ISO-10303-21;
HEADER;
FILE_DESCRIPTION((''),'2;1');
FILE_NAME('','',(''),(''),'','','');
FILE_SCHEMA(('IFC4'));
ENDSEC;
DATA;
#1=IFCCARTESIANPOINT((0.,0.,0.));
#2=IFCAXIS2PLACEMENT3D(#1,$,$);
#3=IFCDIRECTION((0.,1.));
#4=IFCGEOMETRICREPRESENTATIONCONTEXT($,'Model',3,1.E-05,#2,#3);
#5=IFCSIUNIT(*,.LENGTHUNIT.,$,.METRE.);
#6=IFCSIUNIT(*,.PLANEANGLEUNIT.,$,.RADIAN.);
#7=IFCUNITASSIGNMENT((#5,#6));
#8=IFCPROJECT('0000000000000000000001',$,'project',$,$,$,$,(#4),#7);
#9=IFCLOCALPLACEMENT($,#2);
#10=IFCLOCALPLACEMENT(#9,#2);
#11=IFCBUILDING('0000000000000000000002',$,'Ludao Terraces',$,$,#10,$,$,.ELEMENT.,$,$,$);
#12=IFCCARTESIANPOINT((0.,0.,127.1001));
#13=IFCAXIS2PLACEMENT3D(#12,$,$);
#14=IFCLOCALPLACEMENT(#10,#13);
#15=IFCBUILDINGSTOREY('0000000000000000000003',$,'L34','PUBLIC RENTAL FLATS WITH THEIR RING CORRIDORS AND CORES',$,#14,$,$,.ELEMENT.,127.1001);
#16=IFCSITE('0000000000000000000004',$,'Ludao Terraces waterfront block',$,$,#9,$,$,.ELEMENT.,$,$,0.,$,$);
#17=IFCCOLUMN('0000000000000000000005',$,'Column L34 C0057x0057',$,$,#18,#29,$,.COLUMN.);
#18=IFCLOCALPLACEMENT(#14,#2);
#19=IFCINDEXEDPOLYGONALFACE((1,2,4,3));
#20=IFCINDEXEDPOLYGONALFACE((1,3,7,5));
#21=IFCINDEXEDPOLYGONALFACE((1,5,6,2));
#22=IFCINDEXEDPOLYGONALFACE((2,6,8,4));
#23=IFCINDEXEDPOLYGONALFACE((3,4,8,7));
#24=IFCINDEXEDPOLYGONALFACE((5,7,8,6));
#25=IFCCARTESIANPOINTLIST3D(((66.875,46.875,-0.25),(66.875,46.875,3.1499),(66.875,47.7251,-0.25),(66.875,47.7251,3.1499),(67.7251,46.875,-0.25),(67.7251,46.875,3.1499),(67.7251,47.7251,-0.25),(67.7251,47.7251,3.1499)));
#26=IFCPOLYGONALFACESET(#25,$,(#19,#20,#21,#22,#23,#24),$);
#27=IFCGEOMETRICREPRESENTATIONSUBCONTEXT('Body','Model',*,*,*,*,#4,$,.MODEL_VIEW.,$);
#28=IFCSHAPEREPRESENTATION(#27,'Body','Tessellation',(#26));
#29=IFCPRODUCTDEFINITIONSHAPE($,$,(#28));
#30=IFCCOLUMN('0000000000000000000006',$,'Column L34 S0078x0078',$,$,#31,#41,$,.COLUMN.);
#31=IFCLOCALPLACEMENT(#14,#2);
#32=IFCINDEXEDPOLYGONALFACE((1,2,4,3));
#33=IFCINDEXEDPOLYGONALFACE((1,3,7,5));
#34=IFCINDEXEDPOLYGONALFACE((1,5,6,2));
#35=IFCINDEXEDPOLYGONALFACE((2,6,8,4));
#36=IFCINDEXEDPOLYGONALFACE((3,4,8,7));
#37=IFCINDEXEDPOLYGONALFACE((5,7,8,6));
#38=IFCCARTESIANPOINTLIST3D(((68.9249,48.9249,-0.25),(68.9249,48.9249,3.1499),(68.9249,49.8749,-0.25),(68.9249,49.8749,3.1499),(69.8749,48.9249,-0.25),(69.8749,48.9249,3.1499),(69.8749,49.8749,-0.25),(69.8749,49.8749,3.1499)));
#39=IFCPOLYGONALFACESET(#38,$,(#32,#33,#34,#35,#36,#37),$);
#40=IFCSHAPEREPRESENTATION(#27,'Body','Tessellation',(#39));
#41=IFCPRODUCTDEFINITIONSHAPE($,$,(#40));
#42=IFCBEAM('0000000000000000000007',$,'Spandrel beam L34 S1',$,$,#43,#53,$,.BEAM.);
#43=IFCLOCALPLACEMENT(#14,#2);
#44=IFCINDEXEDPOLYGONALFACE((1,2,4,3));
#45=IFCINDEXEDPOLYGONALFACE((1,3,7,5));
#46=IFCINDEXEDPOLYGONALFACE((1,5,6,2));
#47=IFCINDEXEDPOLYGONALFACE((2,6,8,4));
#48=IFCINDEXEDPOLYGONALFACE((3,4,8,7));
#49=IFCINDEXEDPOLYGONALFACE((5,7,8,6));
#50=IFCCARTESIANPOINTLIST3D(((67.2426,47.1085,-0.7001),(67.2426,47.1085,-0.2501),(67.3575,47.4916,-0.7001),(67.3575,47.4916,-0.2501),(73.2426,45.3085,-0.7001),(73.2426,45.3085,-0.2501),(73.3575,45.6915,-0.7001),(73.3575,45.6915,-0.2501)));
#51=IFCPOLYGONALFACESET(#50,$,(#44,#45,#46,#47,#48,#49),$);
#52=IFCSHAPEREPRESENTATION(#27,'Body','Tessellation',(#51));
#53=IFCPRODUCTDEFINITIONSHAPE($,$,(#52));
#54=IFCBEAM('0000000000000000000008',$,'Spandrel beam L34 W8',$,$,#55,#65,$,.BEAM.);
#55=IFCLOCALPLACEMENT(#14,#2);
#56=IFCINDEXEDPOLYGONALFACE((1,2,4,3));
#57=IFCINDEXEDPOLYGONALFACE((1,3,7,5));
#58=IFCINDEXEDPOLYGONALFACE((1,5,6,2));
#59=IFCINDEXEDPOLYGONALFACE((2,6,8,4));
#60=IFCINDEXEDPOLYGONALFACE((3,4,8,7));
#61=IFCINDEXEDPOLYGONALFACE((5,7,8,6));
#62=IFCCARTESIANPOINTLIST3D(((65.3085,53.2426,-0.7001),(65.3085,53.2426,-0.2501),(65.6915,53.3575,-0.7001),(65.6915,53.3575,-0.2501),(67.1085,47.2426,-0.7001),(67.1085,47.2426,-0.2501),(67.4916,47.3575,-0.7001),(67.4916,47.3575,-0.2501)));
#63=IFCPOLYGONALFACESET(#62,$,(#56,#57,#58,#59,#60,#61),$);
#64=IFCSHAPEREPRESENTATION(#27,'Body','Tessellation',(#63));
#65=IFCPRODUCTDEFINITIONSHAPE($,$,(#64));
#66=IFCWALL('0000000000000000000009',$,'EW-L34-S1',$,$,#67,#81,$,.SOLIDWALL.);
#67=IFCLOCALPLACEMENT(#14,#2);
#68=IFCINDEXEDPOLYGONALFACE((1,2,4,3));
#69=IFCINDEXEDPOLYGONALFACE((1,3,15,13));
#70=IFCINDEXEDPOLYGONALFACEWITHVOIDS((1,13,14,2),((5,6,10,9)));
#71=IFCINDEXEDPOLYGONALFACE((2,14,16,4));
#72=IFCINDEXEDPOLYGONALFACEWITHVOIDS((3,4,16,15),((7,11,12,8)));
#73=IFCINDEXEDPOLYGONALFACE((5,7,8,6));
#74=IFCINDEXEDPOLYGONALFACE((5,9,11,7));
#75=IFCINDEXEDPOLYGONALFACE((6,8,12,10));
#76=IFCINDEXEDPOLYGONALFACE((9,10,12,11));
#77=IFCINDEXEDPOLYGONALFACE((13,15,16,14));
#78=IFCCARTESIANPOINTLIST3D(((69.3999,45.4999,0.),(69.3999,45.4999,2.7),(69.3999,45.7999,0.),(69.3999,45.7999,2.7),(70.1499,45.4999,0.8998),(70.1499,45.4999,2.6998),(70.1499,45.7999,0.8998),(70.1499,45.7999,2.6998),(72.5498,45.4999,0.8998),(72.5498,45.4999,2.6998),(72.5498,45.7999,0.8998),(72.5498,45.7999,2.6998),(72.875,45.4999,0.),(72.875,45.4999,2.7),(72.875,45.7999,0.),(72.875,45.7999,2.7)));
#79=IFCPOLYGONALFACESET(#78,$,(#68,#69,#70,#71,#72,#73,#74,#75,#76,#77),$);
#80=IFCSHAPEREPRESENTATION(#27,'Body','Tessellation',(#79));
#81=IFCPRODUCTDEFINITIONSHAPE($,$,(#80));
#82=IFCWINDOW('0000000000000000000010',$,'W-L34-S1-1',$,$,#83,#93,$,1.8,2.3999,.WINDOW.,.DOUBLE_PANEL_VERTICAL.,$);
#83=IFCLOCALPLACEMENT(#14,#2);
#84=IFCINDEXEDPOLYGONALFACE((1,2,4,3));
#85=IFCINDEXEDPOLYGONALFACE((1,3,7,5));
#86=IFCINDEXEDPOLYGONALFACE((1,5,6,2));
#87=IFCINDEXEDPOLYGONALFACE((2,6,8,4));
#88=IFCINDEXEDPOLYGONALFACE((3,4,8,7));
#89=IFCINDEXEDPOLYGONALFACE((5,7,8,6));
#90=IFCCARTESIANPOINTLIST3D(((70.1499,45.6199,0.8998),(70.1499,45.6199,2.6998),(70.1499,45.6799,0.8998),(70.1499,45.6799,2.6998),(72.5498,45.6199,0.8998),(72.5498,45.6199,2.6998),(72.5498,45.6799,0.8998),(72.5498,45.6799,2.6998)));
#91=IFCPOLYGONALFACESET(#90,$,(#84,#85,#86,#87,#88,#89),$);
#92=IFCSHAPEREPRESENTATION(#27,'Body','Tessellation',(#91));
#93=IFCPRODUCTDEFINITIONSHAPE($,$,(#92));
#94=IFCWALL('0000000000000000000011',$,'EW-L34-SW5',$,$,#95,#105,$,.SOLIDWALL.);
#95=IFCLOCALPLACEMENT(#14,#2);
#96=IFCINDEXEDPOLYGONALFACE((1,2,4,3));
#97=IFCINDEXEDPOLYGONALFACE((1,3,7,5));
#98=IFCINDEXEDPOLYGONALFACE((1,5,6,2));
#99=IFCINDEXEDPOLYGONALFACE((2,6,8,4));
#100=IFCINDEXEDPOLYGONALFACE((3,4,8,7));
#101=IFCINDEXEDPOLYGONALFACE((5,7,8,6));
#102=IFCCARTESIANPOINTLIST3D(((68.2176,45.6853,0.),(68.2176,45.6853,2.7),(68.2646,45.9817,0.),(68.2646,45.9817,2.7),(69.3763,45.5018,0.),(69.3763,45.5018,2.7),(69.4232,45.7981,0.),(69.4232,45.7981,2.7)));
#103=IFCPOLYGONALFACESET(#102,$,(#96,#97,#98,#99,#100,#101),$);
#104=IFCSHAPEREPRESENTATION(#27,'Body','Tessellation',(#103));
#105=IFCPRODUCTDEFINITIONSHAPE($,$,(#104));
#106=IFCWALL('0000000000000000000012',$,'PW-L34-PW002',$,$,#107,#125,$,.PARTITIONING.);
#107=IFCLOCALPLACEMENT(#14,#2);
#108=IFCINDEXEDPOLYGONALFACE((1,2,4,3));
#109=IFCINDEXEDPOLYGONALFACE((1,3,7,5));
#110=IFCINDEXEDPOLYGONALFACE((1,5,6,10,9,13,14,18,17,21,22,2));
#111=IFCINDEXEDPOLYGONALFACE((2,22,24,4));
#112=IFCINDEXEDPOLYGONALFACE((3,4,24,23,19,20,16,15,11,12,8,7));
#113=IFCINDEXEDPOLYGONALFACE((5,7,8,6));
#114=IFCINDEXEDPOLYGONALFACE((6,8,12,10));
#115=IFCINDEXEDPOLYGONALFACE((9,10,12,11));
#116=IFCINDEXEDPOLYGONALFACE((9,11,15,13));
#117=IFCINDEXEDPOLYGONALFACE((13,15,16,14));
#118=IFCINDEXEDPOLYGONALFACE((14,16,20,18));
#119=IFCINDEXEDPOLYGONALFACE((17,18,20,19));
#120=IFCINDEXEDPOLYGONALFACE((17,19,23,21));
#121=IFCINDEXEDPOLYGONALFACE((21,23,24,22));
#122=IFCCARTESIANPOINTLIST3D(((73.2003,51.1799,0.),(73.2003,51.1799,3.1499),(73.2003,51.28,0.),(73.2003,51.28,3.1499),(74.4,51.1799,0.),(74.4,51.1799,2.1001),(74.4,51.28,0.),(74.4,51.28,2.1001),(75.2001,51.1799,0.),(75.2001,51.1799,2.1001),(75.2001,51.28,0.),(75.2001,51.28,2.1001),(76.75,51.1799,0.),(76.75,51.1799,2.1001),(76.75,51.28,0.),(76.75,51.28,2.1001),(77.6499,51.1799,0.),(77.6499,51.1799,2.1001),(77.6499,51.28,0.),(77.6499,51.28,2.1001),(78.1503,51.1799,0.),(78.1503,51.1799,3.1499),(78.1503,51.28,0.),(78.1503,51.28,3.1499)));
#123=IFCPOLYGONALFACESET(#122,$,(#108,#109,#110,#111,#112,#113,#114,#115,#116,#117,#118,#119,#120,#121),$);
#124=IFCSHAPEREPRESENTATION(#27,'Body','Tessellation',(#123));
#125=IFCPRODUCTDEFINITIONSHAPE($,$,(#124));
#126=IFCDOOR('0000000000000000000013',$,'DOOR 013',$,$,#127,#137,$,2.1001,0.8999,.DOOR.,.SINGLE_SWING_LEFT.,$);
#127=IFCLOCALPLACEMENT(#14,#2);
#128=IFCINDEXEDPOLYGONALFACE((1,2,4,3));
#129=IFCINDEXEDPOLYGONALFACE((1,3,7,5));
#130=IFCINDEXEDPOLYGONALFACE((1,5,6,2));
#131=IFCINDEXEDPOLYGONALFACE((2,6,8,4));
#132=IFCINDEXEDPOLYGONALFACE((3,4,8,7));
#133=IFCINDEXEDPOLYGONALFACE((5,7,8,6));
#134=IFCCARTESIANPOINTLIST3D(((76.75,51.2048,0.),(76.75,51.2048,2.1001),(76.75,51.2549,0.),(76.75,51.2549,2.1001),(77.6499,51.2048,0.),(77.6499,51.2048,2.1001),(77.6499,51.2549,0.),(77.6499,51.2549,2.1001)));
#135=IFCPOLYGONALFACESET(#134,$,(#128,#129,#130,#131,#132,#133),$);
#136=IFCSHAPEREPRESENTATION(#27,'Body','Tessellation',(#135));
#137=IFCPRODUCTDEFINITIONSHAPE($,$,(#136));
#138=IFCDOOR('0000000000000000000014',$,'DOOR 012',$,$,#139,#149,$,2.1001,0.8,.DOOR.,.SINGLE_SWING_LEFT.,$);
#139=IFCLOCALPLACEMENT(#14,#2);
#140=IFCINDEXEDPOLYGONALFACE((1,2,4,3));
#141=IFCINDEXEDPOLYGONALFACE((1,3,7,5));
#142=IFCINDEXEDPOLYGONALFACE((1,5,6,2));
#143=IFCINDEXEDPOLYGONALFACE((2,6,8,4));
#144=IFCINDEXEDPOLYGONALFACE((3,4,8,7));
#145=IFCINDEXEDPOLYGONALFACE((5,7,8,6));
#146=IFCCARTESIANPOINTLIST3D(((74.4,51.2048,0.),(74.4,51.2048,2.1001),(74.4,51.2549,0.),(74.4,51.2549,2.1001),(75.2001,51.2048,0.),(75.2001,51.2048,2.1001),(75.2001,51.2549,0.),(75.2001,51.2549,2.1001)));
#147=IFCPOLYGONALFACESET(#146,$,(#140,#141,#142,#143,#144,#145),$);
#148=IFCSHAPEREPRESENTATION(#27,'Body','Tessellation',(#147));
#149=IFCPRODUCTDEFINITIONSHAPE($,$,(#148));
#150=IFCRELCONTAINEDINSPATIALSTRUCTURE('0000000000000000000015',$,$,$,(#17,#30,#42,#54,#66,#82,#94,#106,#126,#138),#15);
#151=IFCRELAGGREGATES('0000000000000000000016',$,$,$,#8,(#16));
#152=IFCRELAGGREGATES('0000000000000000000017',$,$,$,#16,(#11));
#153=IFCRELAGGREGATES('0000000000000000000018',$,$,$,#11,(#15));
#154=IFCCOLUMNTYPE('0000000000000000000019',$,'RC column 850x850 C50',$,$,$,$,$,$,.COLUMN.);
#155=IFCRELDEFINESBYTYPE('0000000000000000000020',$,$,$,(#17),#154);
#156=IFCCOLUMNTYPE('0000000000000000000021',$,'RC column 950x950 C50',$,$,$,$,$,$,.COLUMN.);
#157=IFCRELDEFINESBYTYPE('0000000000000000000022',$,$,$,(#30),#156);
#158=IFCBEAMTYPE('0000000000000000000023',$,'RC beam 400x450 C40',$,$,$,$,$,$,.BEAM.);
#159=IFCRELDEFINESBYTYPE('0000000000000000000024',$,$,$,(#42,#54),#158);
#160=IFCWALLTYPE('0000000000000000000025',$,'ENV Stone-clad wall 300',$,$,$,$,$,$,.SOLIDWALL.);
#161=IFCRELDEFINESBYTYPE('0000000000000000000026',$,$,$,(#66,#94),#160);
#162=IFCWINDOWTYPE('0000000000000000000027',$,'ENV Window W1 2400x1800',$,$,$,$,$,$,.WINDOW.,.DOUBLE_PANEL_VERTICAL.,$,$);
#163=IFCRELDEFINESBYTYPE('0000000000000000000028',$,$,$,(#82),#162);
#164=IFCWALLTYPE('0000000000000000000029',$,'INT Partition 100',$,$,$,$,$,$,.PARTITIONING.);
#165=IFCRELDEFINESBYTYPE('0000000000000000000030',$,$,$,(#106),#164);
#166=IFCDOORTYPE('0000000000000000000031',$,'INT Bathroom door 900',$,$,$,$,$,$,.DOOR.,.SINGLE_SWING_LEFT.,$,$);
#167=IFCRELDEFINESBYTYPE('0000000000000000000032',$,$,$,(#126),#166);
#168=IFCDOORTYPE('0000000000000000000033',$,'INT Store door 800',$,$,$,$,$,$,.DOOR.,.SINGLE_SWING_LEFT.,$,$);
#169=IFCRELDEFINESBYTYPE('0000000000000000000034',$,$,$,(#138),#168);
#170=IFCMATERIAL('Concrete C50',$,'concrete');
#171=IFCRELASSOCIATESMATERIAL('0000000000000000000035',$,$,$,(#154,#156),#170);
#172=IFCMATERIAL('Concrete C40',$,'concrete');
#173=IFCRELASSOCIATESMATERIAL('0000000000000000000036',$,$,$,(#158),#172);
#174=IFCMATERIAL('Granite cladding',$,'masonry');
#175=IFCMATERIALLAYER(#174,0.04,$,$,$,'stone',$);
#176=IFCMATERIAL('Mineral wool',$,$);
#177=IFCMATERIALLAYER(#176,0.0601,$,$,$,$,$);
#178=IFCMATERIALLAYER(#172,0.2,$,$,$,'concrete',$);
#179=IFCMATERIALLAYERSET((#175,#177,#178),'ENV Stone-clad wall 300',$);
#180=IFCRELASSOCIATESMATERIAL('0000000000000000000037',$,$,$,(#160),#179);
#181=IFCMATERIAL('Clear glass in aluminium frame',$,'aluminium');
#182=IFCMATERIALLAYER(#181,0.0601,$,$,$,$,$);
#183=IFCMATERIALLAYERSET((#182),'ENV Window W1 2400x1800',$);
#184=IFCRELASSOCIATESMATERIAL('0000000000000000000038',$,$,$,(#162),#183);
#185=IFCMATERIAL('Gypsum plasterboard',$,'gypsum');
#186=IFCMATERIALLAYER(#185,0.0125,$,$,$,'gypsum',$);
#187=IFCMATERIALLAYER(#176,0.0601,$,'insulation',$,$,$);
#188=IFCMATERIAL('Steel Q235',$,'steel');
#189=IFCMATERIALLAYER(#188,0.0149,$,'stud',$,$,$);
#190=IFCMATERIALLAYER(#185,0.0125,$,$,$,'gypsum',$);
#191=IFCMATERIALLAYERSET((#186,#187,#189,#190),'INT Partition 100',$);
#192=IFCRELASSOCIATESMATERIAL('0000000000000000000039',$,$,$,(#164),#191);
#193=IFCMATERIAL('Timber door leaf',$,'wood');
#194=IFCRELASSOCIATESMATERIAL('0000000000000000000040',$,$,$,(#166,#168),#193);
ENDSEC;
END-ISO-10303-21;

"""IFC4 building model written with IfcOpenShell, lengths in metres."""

from ifc_helpers import new_model, si_unit, direction, frame, frame_2d, origin, origin_2d, place, context, subcontext, project, spatial, rectangle, extrude, material, layer, layer_set, material_profile, profile_set, type_object, element, fill, save


model = new_model("IFC4")

# Units and contexts
model_context = context("Model", 3, precision=1e-05, world=origin(), true_north=direction((0.0, 1.0)))
body_context = subcontext(model_context, "Body", "Model", "MODEL_VIEW")
ifc_project = project(units=[si_unit("LENGTHUNIT", "METRE"), si_unit("PLANEANGLEUNIT", "RADIAN")], contexts=[model_context])

# Site, building, storey
site_placement = place(None, origin())
site = spatial("IfcSite", under=ifc_project, at=site_placement, Name="Ludao Terraces waterfront block", CompositionType="ELEMENT", RefElevation=0.0)
building_placement = place(site_placement, origin())
building = spatial("IfcBuilding", under=site, at=building_placement, Name="Ludao Terraces", CompositionType="ELEMENT")
storey_placement = place(building_placement, frame((0.0, 0.0, 127.1001)))
storey = spatial("IfcBuildingStorey", under=building, at=storey_placement, Name="L34", Description="PUBLIC RENTAL FLATS WITH THEIR RING CORRIDORS AND CORES", CompositionType="ELEMENT", Elevation=127.1001)

# Columns
ifc_material_1 = material(Name="Concrete C50", Category="concrete")
ifc_material_profile_1 = material_profile(ifc_material_1, rectangle(XDim=0.8501, YDim=0.8501, at=origin_2d()), Name="850 X 850")
ifc_profile_set_1 = profile_set([ifc_material_profile_1], Name="Concrete C50")
column_type_1 = type_object("IfcColumnType", Name="RC column 850x850 C50", PredefinedType="COLUMN", material=ifc_profile_set_1)
column_1_placement = place(storey_placement, frame((67.3, 47.3, -0.25), z_axis=(0.0, 0.0, 1.0), x_axis=(1.0, 0.0, 0.0)))
element("IfcColumn", 1, at=column_1_placement, inside=storey, type_object=column_type_1, Name="Column L34 C0057x0057", PredefinedType="COLUMN", context=body_context, shape_type="SweptSolid", body=[
    extrude(rectangle(XDim=0.8501, YDim=0.8501, at=origin_2d()), origin(), (0.0, 0.0, 1.0), 3.3999),
])
ifc_material_profile_2 = material_profile(ifc_material_1, rectangle(XDim=0.95, YDim=0.95, at=origin_2d()), Name="950 X 950")
ifc_profile_set_2 = profile_set([ifc_material_profile_2], Name="Concrete C50")
column_type_2 = type_object("IfcColumnType", Name="RC column 950x950 C50", PredefinedType="COLUMN", material=ifc_profile_set_2)
column_2_placement = place(storey_placement, frame((69.3999, 49.3999, -0.25), z_axis=(0.0, 0.0, 1.0), x_axis=(1.0, 0.0, 0.0)))
element("IfcColumn", 2, at=column_2_placement, inside=storey, type_object=column_type_2, Name="Column L34 S0078x0078", PredefinedType="COLUMN", context=body_context, shape_type="SweptSolid", body=[
    extrude(rectangle(XDim=0.95, YDim=0.95, at=origin_2d()), origin(), (0.0, 0.0, 1.0), 3.3999),
])

# Beams
ifc_material_2 = material(Name="Concrete C40", Category="concrete")
ifc_material_profile_3 = material_profile(ifc_material_2, rectangle(XDim=0.3999, YDim=0.45, at=origin_2d()), Name="400 X 450")
ifc_profile_set_3 = profile_set([ifc_material_profile_3], Name="Concrete C40")
beam_type = type_object("IfcBeamType", Name="RC beam 400x450 C40", PredefinedType="BEAM", material=ifc_profile_set_3)
for number, where, z_axis, x_axis, name in (
    (3, (67.3, 47.3, -0.4751), (0.957824, -0.287355, 0.0), (0.287355, 0.957824, 0.0), "Spandrel beam L34 S1"),
    (4, (67.3, 47.3, -0.4751), (-0.287355, 0.957824, 0.0), (-0.957824, -0.287355, 0.0), "Spandrel beam L34 W8"),
):
    element("IfcBeam", number, at=place(storey_placement, frame(where, z_axis=z_axis, x_axis=x_axis)), inside=storey, type_object=beam_type, Name=name, PredefinedType="BEAM", context=body_context, shape_type="SweptSolid", body=[
        extrude(rectangle(XDim=0.3999, YDim=0.45, at=origin_2d()), origin(), (0.0, 0.0, 1.0), 6.2642),
    ])

# Wall, opening, window
ifc_material_3 = material(Name="Granite cladding", Category="masonry")
ifc_layer_1 = layer(ifc_material_3, 0.04, Category="stone")
ifc_material_4 = material(Name="Mineral wool")
ifc_layer_2 = layer(ifc_material_4, 0.0601)
ifc_layer_3 = layer(ifc_material_2, 0.2, Category="concrete")
ifc_layer_set_1 = layer_set([ifc_layer_1, ifc_layer_2, ifc_layer_3], Name="ENV Stone-clad wall 300")
wall_type_1 = type_object("IfcWallType", Name="ENV Stone-clad wall 300", PredefinedType="SOLIDWALL", material=ifc_layer_set_1)
wall_1_placement = place(storey_placement, frame((69.3999, 45.6499, 0.0), z_axis=(0.0, 0.0, 1.0), x_axis=(1.0, 0.0, 0.0)))
wall_1 = element("IfcWall", 5, at=wall_1_placement, inside=storey, type_object=wall_type_1, Name="EW-L34-S1", PredefinedType="SOLIDWALL", context=body_context, shape_type="SweptSolid", body=[
    extrude(rectangle(XDim=3.4751, YDim=0.3, at=frame_2d((1.7375, 0.0))), origin(), (0.0, 0.0, 1.0), 2.7),
])
opening_1_placement = place(wall_1_placement, frame((0.75, 0.0, 0.8999)))
opening_1 = element("IfcOpeningElement", 6, at=opening_1_placement, cuts=wall_1, PredefinedType="OPENING", context=body_context, shape_type="SweptSolid", body=[
    extrude(rectangle(XDim=2.3999, YDim=1.8, at=frame_2d((1.2, 0.8999))), frame((0.0, 0.1602, 0.0), z_axis=(0.0, -1.0, 0.0), x_axis=(1.0, 0.0, 0.0)), (0.0, 0.0, 1.0), 0.3201),
])
ifc_material_5 = material(Name="Clear glass in aluminium frame", Category="aluminium")
ifc_layer_4 = layer(ifc_material_5, 0.0601)
ifc_layer_set_2 = layer_set([ifc_layer_4], Name="ENV Window W1 2400x1800")
window_type = type_object("IfcWindowType", Name="ENV Window W1 2400x1800", PartitioningType="DOUBLE_PANEL_VERTICAL", PredefinedType="WINDOW", material=ifc_layer_set_2)
window_placement = place(opening_1_placement, origin())
window = element("IfcWindow", 7, at=window_placement, inside=storey, type_object=window_type, Name="W-L34-S1-1", OverallHeight=1.8, OverallWidth=2.3999, PartitioningType="DOUBLE_PANEL_VERTICAL", PredefinedType="WINDOW", context=body_context, shape_type="SweptSolid", body=[
    extrude(rectangle(XDim=2.3999, YDim=1.8, at=frame_2d((1.2, 0.8999))), frame((0.0, 0.03, 0.0), z_axis=(0.0, -1.0, 0.0), x_axis=(1.0, 0.0, 0.0)), (0.0, 0.0, 1.0), 0.0601),
])
fill(opening_1, window)

# Wall
wall_2_placement = place(storey_placement, frame((68.2412, 45.8335, 0.0), z_axis=(0.0, 0.0, 1.0), x_axis=(0.987678, -0.156497, 0.0)))
element("IfcWall", 8, at=wall_2_placement, inside=storey, type_object=wall_type_1, Name="EW-L34-SW5", PredefinedType="SOLIDWALL", context=body_context, shape_type="SweptSolid", body=[
    extrude(rectangle(XDim=1.1731, YDim=0.3, at=frame_2d((0.5864, 0.0))), origin(), (0.0, 0.0, 1.0), 2.7),
])

# Wall, openings, doors
ifc_material_6 = material(Name="Gypsum plasterboard", Category="gypsum")
ifc_layer_5 = layer(ifc_material_6, 0.0125, Category="gypsum")
ifc_layer_6 = layer(ifc_material_4, 0.0601, Name="insulation")
ifc_material_7 = material(Name="Steel Q235", Category="steel")
ifc_layer_7 = layer(ifc_material_7, 0.0149, Name="stud")
ifc_layer_8 = layer(ifc_material_6, 0.0125, Category="gypsum")
ifc_layer_set_3 = layer_set([ifc_layer_5, ifc_layer_6, ifc_layer_7, ifc_layer_8], Name="INT Partition 100")
wall_type_2 = type_object("IfcWallType", Name="INT Partition 100", PredefinedType="PARTITIONING", material=ifc_layer_set_3)
wall_3_placement = place(storey_placement, frame((73.2002, 51.23, 0.0), z_axis=(0.0, 0.0, 1.0), x_axis=(1.0, 0.0, 0.0)))
wall_3 = element("IfcWall", 9, at=wall_3_placement, inside=storey, type_object=wall_type_2, Name="PW-L34-PW002", PredefinedType="PARTITIONING", context=body_context, shape_type="SweptSolid", body=[
    extrude(rectangle(XDim=4.95, YDim=0.1001, at=frame_2d((2.4751, 0.0))), origin(), (0.0, 0.0, 1.0), 3.1499),
])
opening_2_placement = place(wall_3_placement, frame((1.2, 0.0, 0.0)))
opening_2 = element("IfcOpeningElement", 10, at=opening_2_placement, cuts=wall_3, PredefinedType="OPENING", context=body_context, shape_type="SweptSolid", body=[
    extrude(rectangle(XDim=0.8, YDim=2.1001, at=frame_2d((0.3999, 1.05))), frame((0.0, 0.0601, 0.0), z_axis=(0.0, -1.0, 0.0), x_axis=(1.0, 0.0, 0.0)), (0.0, 0.0, 1.0), 0.1201),
])
opening_3_placement = place(wall_3_placement, frame((3.5498, 0.0, 0.0)))
opening_3 = element("IfcOpeningElement", 11, at=opening_3_placement, cuts=wall_3, PredefinedType="OPENING", context=body_context, shape_type="SweptSolid", body=[
    extrude(rectangle(XDim=0.8999, YDim=2.1001, at=frame_2d((0.45, 1.05))), frame((0.0, 0.0601, 0.0), z_axis=(0.0, -1.0, 0.0), x_axis=(1.0, 0.0, 0.0)), (0.0, 0.0, 1.0), 0.1201),
])
ifc_material_8 = material(Name="Timber door leaf", Category="wood")
door_type_1 = type_object("IfcDoorType", Name="INT Bathroom door 900", OperationType="SINGLE_SWING_LEFT", PredefinedType="DOOR", material=ifc_material_8)
door_1_placement = place(opening_3_placement, origin())
door_1 = element("IfcDoor", 12, at=door_1_placement, inside=storey, type_object=door_type_1, Name="DOOR 013", OperationType="SINGLE_SWING_LEFT", OverallHeight=2.1001, OverallWidth=0.8999, PredefinedType="DOOR", context=body_context, shape_type="SweptSolid", body=[
    extrude(rectangle(XDim=0.8999, YDim=2.1001, at=frame_2d((0.45, 1.05))), frame((0.0, 0.0249, 0.0), z_axis=(0.0, -1.0, 0.0), x_axis=(1.0, 0.0, 0.0)), (0.0, 0.0, 1.0), 0.05),
])
fill(opening_3, door_1)
door_type_2 = type_object("IfcDoorType", Name="INT Store door 800", OperationType="SINGLE_SWING_LEFT", PredefinedType="DOOR", material=ifc_material_8)
door_2_placement = place(opening_2_placement, origin())
door_2 = element("IfcDoor", 13, at=door_2_placement, inside=storey, type_object=door_type_2, Name="DOOR 012", OperationType="SINGLE_SWING_LEFT", OverallHeight=2.1001, OverallWidth=0.8, PredefinedType="DOOR", context=body_context, shape_type="SweptSolid", body=[
    extrude(rectangle(XDim=0.8, YDim=2.1001, at=frame_2d((0.3999, 1.05))), frame((0.0, 0.0249, 0.0), z_axis=(0.0, -1.0, 0.0), x_axis=(1.0, 0.0, 0.0)), (0.0, 0.0, 1.0), 0.05),
])
fill(opening_2, door_2)

save(model, "model.ifc")
